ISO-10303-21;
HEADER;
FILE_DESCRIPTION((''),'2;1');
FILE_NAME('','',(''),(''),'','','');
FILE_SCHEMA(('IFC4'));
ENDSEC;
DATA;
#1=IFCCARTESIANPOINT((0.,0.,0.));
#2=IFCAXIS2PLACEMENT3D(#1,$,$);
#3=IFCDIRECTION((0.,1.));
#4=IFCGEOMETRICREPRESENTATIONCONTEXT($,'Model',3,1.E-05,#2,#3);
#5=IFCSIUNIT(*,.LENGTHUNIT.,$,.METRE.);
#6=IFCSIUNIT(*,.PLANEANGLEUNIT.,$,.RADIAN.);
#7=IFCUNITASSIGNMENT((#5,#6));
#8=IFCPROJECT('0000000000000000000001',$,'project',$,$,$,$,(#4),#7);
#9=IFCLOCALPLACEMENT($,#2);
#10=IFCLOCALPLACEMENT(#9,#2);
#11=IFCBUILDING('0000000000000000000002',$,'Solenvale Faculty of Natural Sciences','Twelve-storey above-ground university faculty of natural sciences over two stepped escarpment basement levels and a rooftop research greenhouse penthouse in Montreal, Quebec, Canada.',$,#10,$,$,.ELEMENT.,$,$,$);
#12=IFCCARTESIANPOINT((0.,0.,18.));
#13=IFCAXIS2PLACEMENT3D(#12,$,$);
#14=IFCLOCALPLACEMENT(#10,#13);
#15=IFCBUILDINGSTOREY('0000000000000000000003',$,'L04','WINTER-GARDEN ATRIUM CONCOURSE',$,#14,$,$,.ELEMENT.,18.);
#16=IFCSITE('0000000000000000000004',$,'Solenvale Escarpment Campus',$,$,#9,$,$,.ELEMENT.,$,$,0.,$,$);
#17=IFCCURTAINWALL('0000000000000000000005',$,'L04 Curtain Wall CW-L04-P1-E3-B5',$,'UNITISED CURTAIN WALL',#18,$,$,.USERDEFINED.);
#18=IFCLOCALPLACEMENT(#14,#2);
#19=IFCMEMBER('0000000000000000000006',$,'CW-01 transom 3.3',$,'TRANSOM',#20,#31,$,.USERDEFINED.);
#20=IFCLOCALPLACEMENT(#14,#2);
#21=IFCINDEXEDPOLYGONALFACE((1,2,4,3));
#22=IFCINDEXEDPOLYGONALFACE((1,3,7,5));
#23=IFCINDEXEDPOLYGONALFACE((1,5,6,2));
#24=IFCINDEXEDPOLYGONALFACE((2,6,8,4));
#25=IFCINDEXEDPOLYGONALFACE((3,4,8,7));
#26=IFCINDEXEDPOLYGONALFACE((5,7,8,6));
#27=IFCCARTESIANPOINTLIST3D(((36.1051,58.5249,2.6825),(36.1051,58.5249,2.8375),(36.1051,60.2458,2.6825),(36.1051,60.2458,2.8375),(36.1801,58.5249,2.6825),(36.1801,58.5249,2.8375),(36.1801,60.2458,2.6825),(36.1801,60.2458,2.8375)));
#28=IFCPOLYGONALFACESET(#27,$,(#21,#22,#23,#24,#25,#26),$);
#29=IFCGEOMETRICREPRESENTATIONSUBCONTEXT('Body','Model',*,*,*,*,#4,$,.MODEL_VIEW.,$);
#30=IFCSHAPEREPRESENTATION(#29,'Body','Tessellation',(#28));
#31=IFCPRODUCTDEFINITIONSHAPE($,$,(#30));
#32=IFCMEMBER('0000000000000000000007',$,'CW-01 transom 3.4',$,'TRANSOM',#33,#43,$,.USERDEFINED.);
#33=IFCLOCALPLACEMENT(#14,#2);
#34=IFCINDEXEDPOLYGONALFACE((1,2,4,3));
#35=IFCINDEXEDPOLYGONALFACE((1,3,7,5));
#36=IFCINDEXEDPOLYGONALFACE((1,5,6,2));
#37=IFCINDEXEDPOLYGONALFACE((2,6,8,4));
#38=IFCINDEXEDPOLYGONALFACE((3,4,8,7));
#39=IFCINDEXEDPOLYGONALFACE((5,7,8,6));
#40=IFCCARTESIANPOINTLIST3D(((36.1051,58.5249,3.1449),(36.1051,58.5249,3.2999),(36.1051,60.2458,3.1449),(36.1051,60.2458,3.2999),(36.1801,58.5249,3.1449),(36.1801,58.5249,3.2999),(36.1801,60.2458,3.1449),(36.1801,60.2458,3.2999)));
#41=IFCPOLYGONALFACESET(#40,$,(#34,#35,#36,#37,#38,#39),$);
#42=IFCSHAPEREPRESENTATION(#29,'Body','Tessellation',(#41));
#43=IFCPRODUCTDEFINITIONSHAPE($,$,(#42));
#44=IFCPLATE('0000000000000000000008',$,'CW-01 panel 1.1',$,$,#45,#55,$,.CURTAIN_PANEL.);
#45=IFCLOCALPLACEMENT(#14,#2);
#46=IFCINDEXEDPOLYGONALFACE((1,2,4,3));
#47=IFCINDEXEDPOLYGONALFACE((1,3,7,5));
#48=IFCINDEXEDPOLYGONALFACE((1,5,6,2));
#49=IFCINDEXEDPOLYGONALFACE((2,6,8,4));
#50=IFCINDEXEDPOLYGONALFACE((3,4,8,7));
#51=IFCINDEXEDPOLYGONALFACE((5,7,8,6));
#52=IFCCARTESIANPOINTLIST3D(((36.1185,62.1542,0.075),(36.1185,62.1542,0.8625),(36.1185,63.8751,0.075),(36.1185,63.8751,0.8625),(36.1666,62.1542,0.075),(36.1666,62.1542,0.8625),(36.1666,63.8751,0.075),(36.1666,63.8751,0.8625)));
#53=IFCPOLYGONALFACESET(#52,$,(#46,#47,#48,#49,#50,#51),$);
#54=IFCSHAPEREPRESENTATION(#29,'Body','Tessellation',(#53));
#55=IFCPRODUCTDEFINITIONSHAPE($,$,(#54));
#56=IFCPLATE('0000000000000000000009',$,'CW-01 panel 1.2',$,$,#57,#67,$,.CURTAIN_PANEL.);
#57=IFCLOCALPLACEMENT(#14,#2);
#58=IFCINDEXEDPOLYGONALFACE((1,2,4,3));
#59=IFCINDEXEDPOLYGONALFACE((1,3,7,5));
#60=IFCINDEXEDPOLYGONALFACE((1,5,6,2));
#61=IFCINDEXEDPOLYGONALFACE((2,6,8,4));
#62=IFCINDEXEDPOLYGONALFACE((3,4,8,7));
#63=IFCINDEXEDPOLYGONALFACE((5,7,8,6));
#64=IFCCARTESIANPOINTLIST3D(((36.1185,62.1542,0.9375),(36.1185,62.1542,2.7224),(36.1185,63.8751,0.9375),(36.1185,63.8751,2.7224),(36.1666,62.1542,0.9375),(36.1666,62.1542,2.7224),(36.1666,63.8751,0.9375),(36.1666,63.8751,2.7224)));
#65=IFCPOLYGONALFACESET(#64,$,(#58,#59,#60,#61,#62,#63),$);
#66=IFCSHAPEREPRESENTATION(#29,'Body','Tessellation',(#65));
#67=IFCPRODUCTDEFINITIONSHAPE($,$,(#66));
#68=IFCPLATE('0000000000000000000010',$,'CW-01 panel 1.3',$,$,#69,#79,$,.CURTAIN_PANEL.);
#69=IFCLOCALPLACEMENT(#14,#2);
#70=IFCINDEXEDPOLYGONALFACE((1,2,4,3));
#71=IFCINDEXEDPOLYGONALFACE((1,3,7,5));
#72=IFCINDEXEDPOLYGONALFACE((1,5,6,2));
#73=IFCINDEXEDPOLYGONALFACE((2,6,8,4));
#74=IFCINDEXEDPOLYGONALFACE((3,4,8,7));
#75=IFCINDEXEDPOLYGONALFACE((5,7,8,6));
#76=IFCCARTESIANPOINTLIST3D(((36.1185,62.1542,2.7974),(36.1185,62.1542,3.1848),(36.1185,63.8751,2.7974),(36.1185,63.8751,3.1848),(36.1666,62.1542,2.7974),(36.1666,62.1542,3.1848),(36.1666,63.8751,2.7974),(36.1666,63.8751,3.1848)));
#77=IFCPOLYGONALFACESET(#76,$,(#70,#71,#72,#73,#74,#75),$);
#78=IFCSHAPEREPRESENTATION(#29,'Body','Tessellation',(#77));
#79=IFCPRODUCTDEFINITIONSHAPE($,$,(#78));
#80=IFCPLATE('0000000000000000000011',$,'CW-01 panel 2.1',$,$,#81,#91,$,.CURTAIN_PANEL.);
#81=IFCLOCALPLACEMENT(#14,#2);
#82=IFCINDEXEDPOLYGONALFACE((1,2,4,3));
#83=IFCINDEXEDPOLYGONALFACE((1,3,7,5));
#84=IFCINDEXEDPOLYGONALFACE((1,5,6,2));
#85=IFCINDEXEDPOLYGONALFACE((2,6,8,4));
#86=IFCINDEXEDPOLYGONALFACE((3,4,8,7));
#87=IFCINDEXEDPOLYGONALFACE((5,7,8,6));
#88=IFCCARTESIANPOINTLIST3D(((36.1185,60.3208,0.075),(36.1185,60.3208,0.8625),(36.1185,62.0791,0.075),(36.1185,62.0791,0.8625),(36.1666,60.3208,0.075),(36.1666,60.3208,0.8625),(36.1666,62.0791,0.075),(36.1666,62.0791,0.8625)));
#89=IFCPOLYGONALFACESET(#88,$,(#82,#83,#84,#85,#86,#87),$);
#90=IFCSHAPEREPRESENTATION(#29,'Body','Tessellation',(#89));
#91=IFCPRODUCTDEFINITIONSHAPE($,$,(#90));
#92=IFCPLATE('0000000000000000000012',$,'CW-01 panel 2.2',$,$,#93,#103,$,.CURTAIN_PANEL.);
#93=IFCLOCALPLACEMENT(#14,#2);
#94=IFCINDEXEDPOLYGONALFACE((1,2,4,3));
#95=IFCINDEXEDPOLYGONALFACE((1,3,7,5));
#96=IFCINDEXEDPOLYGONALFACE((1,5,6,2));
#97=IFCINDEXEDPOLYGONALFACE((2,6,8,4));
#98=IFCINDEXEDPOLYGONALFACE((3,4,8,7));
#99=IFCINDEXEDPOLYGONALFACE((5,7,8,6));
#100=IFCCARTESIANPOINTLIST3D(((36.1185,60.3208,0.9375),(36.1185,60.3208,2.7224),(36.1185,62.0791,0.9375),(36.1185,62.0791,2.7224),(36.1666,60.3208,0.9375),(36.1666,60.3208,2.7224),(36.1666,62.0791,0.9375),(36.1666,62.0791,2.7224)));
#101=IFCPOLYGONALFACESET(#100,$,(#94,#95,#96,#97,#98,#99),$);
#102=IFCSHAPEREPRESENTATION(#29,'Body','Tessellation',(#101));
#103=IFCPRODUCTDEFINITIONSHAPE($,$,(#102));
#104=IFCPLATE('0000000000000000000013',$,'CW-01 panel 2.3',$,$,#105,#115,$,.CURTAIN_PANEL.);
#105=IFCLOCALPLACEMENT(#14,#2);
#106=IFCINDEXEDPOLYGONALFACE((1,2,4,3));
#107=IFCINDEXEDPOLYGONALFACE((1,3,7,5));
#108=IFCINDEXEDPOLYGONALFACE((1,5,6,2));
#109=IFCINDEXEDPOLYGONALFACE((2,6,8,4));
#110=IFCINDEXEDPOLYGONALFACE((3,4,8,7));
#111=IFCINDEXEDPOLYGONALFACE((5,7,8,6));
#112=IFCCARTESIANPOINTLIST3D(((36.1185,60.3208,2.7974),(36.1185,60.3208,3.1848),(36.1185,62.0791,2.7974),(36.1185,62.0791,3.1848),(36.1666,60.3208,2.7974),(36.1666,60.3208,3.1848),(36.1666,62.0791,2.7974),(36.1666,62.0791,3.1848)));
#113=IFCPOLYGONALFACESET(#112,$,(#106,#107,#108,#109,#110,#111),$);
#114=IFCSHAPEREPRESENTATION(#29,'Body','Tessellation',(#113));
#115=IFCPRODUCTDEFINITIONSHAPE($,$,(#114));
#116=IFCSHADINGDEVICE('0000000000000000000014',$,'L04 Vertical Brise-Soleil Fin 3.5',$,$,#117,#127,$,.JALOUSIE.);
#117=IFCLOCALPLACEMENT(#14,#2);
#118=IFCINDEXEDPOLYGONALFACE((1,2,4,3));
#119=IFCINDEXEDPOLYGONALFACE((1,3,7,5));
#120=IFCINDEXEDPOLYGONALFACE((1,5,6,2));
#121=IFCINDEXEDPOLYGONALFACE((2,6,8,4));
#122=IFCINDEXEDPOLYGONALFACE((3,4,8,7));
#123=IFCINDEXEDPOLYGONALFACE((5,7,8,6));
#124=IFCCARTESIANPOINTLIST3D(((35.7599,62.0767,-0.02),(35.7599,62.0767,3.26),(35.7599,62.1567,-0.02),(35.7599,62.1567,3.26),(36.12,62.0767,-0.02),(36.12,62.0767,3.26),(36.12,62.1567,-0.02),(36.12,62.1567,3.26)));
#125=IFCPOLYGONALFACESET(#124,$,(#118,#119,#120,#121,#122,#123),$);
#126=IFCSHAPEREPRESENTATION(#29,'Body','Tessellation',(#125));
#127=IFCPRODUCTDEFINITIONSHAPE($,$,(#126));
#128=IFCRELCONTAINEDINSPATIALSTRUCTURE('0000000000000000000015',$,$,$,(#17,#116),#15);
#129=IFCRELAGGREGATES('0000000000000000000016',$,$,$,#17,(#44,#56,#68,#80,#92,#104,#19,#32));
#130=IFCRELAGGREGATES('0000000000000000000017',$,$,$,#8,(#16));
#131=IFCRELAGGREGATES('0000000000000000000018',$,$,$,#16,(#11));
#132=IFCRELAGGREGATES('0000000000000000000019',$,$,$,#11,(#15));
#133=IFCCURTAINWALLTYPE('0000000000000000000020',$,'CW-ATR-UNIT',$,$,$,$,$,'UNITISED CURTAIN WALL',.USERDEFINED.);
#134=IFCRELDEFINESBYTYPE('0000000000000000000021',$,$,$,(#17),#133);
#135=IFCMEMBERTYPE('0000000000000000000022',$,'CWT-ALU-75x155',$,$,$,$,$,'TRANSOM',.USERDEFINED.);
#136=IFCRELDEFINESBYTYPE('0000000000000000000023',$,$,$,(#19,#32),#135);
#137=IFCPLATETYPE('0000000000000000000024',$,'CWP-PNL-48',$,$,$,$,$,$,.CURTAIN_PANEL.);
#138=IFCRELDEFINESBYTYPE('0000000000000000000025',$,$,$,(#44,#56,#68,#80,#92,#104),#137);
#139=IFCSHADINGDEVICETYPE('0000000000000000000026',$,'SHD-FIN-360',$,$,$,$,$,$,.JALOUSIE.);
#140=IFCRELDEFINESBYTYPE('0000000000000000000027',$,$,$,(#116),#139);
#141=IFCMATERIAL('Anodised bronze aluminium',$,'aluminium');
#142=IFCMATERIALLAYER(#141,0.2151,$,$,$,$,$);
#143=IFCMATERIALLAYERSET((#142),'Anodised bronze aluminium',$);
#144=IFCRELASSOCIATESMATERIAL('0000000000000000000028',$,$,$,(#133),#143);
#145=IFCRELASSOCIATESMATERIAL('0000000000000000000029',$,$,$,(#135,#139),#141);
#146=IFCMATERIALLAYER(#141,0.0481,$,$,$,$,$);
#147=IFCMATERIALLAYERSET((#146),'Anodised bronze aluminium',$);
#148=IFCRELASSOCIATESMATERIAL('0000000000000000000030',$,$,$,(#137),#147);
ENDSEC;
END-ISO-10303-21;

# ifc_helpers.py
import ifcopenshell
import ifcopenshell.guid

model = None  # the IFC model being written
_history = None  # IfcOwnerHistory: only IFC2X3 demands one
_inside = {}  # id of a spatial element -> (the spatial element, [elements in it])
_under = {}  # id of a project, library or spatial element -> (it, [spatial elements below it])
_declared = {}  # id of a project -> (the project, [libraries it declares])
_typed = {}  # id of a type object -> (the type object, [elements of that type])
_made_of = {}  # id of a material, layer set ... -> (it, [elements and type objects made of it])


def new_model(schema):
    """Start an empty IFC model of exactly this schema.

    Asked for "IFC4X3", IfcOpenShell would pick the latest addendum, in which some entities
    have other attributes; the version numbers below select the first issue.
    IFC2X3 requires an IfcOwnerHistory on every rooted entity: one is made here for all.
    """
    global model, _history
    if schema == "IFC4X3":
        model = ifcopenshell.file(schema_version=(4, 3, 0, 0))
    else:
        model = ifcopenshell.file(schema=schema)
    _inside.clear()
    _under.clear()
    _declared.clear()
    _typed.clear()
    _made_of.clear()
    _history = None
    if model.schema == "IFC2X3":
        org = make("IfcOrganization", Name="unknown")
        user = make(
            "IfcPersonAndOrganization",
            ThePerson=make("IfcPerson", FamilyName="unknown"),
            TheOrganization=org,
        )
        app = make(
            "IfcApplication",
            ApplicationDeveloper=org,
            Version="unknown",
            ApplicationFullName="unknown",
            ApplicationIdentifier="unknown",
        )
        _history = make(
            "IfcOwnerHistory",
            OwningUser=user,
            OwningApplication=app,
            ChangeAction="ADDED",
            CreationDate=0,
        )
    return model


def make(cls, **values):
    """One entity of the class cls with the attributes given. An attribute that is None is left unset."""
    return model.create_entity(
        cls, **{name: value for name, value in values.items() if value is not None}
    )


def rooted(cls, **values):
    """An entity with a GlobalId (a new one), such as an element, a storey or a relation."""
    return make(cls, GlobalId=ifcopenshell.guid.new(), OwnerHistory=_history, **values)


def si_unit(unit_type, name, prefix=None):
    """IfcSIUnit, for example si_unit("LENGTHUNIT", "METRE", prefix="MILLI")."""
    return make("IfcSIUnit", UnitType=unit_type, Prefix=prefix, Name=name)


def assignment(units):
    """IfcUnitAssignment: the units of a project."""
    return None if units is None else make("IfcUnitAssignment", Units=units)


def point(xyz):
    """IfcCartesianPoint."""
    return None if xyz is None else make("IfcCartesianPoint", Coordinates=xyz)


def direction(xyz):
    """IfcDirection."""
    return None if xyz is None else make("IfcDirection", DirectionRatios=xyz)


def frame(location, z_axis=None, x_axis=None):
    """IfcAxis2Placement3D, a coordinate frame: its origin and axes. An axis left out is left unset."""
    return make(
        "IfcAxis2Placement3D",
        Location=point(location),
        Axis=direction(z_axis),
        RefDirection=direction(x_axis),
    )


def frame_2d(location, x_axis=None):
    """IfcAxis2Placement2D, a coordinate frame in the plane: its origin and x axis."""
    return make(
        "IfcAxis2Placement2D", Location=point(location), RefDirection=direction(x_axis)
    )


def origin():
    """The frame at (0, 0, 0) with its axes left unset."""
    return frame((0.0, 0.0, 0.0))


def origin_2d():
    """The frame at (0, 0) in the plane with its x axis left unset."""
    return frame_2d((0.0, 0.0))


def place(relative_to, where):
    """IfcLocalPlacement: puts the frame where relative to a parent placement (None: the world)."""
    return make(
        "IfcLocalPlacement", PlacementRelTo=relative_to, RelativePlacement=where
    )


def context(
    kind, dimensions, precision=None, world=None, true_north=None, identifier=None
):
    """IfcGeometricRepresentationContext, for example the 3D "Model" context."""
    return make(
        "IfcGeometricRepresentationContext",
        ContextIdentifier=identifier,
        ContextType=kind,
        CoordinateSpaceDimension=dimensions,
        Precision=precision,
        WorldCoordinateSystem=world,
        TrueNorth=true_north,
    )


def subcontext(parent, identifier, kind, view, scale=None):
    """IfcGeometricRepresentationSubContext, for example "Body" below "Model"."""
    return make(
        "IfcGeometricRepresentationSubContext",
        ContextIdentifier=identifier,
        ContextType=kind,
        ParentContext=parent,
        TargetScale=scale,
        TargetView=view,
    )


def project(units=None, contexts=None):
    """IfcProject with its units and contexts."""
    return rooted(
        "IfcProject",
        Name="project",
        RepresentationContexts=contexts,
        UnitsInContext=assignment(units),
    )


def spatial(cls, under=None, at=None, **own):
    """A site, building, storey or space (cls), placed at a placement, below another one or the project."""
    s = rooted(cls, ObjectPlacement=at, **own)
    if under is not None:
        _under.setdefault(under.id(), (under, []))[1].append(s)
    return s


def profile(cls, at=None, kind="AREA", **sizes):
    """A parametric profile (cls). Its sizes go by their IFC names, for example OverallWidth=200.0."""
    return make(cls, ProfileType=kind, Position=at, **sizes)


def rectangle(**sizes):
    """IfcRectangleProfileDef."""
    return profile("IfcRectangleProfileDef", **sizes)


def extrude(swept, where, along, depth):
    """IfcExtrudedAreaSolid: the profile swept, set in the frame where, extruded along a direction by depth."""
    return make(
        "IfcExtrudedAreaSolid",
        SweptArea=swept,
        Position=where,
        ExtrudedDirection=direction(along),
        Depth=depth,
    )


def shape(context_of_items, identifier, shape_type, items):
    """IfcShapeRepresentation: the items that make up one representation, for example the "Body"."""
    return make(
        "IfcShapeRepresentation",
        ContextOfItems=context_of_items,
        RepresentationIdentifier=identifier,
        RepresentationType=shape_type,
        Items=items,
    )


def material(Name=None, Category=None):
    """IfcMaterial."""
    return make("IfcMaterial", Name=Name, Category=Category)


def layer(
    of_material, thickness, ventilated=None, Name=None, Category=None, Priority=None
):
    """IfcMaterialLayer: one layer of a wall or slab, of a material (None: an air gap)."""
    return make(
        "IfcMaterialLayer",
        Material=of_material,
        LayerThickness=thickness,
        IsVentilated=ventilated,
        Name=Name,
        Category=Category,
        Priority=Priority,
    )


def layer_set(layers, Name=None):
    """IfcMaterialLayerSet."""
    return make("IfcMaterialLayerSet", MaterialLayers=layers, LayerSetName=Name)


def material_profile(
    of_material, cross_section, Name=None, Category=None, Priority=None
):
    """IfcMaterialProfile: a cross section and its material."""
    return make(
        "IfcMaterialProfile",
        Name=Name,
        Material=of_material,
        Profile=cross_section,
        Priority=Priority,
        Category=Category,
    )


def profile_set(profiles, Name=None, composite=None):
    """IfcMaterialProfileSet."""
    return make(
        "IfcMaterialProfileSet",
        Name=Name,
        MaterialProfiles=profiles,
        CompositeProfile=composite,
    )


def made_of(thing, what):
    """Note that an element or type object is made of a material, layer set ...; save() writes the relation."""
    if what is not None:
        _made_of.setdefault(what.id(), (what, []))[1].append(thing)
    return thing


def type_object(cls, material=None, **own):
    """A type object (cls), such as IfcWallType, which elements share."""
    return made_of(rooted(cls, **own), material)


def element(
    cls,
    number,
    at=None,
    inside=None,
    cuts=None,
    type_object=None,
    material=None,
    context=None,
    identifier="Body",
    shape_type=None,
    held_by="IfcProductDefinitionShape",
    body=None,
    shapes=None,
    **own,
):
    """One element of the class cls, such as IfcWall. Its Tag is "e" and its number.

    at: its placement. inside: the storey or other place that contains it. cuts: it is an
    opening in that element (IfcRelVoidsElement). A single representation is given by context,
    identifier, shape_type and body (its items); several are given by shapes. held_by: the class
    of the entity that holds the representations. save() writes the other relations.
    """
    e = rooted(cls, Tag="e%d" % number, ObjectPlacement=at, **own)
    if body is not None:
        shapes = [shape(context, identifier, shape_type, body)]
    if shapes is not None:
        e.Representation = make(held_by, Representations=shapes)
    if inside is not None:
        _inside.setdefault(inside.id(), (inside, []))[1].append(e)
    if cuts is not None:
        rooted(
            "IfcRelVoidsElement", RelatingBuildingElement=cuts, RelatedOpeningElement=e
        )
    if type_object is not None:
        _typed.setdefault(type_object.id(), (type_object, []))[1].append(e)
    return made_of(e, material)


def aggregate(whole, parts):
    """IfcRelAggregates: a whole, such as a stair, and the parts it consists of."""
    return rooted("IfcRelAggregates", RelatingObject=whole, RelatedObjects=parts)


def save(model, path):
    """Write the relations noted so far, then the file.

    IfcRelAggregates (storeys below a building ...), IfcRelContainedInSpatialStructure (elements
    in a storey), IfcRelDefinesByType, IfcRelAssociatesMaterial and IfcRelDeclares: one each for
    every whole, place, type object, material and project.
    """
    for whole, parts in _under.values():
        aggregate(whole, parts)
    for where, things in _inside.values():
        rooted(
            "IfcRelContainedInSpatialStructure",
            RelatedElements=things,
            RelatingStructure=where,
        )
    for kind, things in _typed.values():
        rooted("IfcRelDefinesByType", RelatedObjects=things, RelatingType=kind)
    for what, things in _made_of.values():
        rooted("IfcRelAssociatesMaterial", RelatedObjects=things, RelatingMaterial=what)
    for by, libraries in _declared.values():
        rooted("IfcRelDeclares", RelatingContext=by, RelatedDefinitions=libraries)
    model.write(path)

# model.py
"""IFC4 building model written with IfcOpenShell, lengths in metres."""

from ifc_helpers import new_model, si_unit, direction, frame, origin, origin_2d, place, context, subcontext, project, spatial, rectangle, extrude, material, layer, layer_set, material_profile, profile_set, type_object, element, aggregate, save


model = new_model("IFC4")

# Units and contexts
model_context = context("Model", 3, precision=1e-05, world=origin(), true_north=direction((0.0, 1.0)))
body_context = subcontext(model_context, "Body", "Model", "MODEL_VIEW")
ifc_project = project(units=[si_unit("LENGTHUNIT", "METRE"), si_unit("PLANEANGLEUNIT", "RADIAN")], contexts=[model_context])

# Site, building, storey
site_placement = place(None, origin())
site = spatial("IfcSite", under=ifc_project, at=site_placement, Name="Solenvale Escarpment Campus", CompositionType="ELEMENT", RefElevation=0.0)
building_placement = place(site_placement, origin())
building = spatial("IfcBuilding", under=site, at=building_placement, Name="Solenvale Faculty of Natural Sciences", Description="Twelve-storey above-ground university faculty of natural sciences over two stepped escarpment basement levels and a rooftop research greenhouse penthouse in Montreal, Quebec, Canada.", CompositionType="ELEMENT")
storey_placement = place(building_placement, frame((0.0, 0.0, 18.0)))
storey = spatial("IfcBuildingStorey", under=building, at=storey_placement, Name="L04", Description="WINTER-GARDEN ATRIUM CONCOURSE", CompositionType="ELEMENT", Elevation=18.0)

# Curtain wall, members, plates
ifc_material_1 = material(Name="Anodised bronze aluminium", Category="aluminium")
ifc_layer_1 = layer(ifc_material_1, 0.2151)
ifc_layer_set_1 = layer_set([ifc_layer_1], Name="Anodised bronze aluminium")
curtain_wall_type = type_object("IfcCurtainWallType", Name="CW-ATR-UNIT", ElementType="UNITISED CURTAIN WALL", PredefinedType="USERDEFINED", material=ifc_layer_set_1)
curtain_wall_placement = place(storey_placement, origin())
curtain_wall = element("IfcCurtainWall", 1, at=curtain_wall_placement, inside=storey, type_object=curtain_wall_type, Name="L04 Curtain Wall CW-L04-P1-E3-B5", ObjectType="UNITISED CURTAIN WALL", PredefinedType="USERDEFINED")
ifc_material_profile_1 = material_profile(ifc_material_1, rectangle(XDim=0.075, YDim=0.155, at=origin_2d()), Name="ALU-TRN-75x155")
ifc_profile_set_1 = profile_set([ifc_material_profile_1], Name="Anodised bronze aluminium")
member_type_1 = type_object("IfcMemberType", Name="CWT-ALU-75x155", ElementType="TRANSOM", PredefinedType="USERDEFINED", material=ifc_profile_set_1)
member_1_placement = place(storey_placement, frame((36.1426, 60.2458, 2.76), z_axis=(0.0, -1.0, 0.0), x_axis=(1.0, 0.0, 0.0)))
member_1 = element("IfcMember", 2, at=member_1_placement, type_object=member_type_1, Name="CW-01 transom 3.3", ObjectType="TRANSOM", PredefinedType="USERDEFINED", context=body_context, shape_type="SweptSolid", body=[
    extrude(rectangle(XDim=0.075, YDim=0.155, at=origin_2d()), origin(), (0.0, 0.0, 1.0), 1.7209),
])
member_2_placement = place(storey_placement, frame((36.1426, 60.2458, 3.2224), z_axis=(0.0, -1.0, 0.0), x_axis=(1.0, 0.0, 0.0)))
member_2 = element("IfcMember", 3, at=member_2_placement, type_object=member_type_1, Name="CW-01 transom 3.4", ObjectType="TRANSOM", PredefinedType="USERDEFINED", context=body_context, shape_type="SweptSolid", body=[
    extrude(rectangle(XDim=0.075, YDim=0.155, at=origin_2d()), origin(), (0.0, 0.0, 1.0), 1.7209),
])
ifc_layer_2 = layer(ifc_material_1, 0.0481)
ifc_layer_set_2 = layer_set([ifc_layer_2], Name="Anodised bronze aluminium")
plate_type = type_object("IfcPlateType", Name="CWP-PNL-48", PredefinedType="CURTAIN_PANEL", material=ifc_layer_set_2)
plate_1_placement = place(storey_placement, frame((36.1426, 63.0146, 0.075), z_axis=(0.0, 0.0, 1.0), x_axis=(0.0, -1.0, 0.0)))
plate_1 = element("IfcPlate", 4, at=plate_1_placement, type_object=plate_type, Name="CW-01 panel 1.1", PredefinedType="CURTAIN_PANEL", context=body_context, shape_type="SweptSolid", body=[
    extrude(rectangle(XDim=1.7209, YDim=0.0481, at=origin_2d()), origin(), (0.0, 0.0, 1.0), 0.7876),
])
plate_2_placement = place(storey_placement, frame((36.1426, 63.0146, 0.9375), z_axis=(0.0, 0.0, 1.0), x_axis=(0.0, -1.0, 0.0)))
plate_2 = element("IfcPlate", 5, at=plate_2_placement, type_object=plate_type, Name="CW-01 panel 1.2", PredefinedType="CURTAIN_PANEL", context=body_context, shape_type="SweptSolid", body=[
    extrude(rectangle(XDim=1.7209, YDim=0.0481, at=origin_2d()), origin(), (0.0, 0.0, 1.0), 1.7849),
])
plate_3_placement = place(storey_placement, frame((36.1426, 63.0146, 2.7974), z_axis=(0.0, 0.0, 1.0), x_axis=(0.0, -1.0, 0.0)))
plate_3 = element("IfcPlate", 6, at=plate_3_placement, type_object=plate_type, Name="CW-01 panel 1.3", PredefinedType="CURTAIN_PANEL", context=body_context, shape_type="SweptSolid", body=[
    extrude(rectangle(XDim=1.7209, YDim=0.0481, at=origin_2d()), origin(), (0.0, 0.0, 1.0), 0.3875),
])
plate_4_placement = place(storey_placement, frame((36.1426, 61.2, 0.075), z_axis=(0.0, 0.0, 1.0), x_axis=(0.0, -1.0, 0.0)))
plate_4 = element("IfcPlate", 7, at=plate_4_placement, type_object=plate_type, Name="CW-01 panel 2.1", PredefinedType="CURTAIN_PANEL", context=body_context, shape_type="SweptSolid", body=[
    extrude(rectangle(XDim=1.7583, YDim=0.0481, at=origin_2d()), origin(), (0.0, 0.0, 1.0), 0.7876),
])
plate_5_placement = place(storey_placement, frame((36.1426, 61.2, 0.9375), z_axis=(0.0, 0.0, 1.0), x_axis=(0.0, -1.0, 0.0)))
plate_5 = element("IfcPlate", 8, at=plate_5_placement, type_object=plate_type, Name="CW-01 panel 2.2", PredefinedType="CURTAIN_PANEL", context=body_context, shape_type="SweptSolid", body=[
    extrude(rectangle(XDim=1.7583, YDim=0.0481, at=origin_2d()), origin(), (0.0, 0.0, 1.0), 1.7849),
])
plate_6_placement = place(storey_placement, frame((36.1426, 61.2, 2.7974), z_axis=(0.0, 0.0, 1.0), x_axis=(0.0, -1.0, 0.0)))
plate_6 = element("IfcPlate", 9, at=plate_6_placement, type_object=plate_type, Name="CW-01 panel 2.3", PredefinedType="CURTAIN_PANEL", context=body_context, shape_type="SweptSolid", body=[
    extrude(rectangle(XDim=1.7583, YDim=0.0481, at=origin_2d()), origin(), (0.0, 0.0, 1.0), 0.3875),
])
aggregate(curtain_wall, [plate_1, plate_2, plate_3, plate_4, plate_5, plate_6, member_1, member_2])

# Shading device
ifc_material_profile_2 = material_profile(ifc_material_1, rectangle(XDim=0.0801, YDim=0.3601, at=origin_2d()), Name="ALU-FIN-80x360")
ifc_profile_set_2 = profile_set([ifc_material_profile_2], Name="Anodised bronze aluminium")
shading_device_type = type_object("IfcShadingDeviceType", Name="SHD-FIN-360", PredefinedType="JALOUSIE", material=ifc_profile_set_2)
shading_device_placement = place(storey_placement, frame((35.9399, 62.1167, -0.02), z_axis=(0.0, 0.0, 1.0), x_axis=(0.0, 1.0, 0.0)))
element("IfcShadingDevice", 10, at=shading_device_placement, inside=storey, type_object=shading_device_type, Name="L04 Vertical Brise-Soleil Fin 3.5", PredefinedType="JALOUSIE", context=body_context, shape_type="SweptSolid", body=[
    extrude(rectangle(XDim=0.0801, YDim=0.3601, at=origin_2d()), origin(), (0.0, 0.0, 1.0), 3.28),
])

save(model, "model.ifc")
